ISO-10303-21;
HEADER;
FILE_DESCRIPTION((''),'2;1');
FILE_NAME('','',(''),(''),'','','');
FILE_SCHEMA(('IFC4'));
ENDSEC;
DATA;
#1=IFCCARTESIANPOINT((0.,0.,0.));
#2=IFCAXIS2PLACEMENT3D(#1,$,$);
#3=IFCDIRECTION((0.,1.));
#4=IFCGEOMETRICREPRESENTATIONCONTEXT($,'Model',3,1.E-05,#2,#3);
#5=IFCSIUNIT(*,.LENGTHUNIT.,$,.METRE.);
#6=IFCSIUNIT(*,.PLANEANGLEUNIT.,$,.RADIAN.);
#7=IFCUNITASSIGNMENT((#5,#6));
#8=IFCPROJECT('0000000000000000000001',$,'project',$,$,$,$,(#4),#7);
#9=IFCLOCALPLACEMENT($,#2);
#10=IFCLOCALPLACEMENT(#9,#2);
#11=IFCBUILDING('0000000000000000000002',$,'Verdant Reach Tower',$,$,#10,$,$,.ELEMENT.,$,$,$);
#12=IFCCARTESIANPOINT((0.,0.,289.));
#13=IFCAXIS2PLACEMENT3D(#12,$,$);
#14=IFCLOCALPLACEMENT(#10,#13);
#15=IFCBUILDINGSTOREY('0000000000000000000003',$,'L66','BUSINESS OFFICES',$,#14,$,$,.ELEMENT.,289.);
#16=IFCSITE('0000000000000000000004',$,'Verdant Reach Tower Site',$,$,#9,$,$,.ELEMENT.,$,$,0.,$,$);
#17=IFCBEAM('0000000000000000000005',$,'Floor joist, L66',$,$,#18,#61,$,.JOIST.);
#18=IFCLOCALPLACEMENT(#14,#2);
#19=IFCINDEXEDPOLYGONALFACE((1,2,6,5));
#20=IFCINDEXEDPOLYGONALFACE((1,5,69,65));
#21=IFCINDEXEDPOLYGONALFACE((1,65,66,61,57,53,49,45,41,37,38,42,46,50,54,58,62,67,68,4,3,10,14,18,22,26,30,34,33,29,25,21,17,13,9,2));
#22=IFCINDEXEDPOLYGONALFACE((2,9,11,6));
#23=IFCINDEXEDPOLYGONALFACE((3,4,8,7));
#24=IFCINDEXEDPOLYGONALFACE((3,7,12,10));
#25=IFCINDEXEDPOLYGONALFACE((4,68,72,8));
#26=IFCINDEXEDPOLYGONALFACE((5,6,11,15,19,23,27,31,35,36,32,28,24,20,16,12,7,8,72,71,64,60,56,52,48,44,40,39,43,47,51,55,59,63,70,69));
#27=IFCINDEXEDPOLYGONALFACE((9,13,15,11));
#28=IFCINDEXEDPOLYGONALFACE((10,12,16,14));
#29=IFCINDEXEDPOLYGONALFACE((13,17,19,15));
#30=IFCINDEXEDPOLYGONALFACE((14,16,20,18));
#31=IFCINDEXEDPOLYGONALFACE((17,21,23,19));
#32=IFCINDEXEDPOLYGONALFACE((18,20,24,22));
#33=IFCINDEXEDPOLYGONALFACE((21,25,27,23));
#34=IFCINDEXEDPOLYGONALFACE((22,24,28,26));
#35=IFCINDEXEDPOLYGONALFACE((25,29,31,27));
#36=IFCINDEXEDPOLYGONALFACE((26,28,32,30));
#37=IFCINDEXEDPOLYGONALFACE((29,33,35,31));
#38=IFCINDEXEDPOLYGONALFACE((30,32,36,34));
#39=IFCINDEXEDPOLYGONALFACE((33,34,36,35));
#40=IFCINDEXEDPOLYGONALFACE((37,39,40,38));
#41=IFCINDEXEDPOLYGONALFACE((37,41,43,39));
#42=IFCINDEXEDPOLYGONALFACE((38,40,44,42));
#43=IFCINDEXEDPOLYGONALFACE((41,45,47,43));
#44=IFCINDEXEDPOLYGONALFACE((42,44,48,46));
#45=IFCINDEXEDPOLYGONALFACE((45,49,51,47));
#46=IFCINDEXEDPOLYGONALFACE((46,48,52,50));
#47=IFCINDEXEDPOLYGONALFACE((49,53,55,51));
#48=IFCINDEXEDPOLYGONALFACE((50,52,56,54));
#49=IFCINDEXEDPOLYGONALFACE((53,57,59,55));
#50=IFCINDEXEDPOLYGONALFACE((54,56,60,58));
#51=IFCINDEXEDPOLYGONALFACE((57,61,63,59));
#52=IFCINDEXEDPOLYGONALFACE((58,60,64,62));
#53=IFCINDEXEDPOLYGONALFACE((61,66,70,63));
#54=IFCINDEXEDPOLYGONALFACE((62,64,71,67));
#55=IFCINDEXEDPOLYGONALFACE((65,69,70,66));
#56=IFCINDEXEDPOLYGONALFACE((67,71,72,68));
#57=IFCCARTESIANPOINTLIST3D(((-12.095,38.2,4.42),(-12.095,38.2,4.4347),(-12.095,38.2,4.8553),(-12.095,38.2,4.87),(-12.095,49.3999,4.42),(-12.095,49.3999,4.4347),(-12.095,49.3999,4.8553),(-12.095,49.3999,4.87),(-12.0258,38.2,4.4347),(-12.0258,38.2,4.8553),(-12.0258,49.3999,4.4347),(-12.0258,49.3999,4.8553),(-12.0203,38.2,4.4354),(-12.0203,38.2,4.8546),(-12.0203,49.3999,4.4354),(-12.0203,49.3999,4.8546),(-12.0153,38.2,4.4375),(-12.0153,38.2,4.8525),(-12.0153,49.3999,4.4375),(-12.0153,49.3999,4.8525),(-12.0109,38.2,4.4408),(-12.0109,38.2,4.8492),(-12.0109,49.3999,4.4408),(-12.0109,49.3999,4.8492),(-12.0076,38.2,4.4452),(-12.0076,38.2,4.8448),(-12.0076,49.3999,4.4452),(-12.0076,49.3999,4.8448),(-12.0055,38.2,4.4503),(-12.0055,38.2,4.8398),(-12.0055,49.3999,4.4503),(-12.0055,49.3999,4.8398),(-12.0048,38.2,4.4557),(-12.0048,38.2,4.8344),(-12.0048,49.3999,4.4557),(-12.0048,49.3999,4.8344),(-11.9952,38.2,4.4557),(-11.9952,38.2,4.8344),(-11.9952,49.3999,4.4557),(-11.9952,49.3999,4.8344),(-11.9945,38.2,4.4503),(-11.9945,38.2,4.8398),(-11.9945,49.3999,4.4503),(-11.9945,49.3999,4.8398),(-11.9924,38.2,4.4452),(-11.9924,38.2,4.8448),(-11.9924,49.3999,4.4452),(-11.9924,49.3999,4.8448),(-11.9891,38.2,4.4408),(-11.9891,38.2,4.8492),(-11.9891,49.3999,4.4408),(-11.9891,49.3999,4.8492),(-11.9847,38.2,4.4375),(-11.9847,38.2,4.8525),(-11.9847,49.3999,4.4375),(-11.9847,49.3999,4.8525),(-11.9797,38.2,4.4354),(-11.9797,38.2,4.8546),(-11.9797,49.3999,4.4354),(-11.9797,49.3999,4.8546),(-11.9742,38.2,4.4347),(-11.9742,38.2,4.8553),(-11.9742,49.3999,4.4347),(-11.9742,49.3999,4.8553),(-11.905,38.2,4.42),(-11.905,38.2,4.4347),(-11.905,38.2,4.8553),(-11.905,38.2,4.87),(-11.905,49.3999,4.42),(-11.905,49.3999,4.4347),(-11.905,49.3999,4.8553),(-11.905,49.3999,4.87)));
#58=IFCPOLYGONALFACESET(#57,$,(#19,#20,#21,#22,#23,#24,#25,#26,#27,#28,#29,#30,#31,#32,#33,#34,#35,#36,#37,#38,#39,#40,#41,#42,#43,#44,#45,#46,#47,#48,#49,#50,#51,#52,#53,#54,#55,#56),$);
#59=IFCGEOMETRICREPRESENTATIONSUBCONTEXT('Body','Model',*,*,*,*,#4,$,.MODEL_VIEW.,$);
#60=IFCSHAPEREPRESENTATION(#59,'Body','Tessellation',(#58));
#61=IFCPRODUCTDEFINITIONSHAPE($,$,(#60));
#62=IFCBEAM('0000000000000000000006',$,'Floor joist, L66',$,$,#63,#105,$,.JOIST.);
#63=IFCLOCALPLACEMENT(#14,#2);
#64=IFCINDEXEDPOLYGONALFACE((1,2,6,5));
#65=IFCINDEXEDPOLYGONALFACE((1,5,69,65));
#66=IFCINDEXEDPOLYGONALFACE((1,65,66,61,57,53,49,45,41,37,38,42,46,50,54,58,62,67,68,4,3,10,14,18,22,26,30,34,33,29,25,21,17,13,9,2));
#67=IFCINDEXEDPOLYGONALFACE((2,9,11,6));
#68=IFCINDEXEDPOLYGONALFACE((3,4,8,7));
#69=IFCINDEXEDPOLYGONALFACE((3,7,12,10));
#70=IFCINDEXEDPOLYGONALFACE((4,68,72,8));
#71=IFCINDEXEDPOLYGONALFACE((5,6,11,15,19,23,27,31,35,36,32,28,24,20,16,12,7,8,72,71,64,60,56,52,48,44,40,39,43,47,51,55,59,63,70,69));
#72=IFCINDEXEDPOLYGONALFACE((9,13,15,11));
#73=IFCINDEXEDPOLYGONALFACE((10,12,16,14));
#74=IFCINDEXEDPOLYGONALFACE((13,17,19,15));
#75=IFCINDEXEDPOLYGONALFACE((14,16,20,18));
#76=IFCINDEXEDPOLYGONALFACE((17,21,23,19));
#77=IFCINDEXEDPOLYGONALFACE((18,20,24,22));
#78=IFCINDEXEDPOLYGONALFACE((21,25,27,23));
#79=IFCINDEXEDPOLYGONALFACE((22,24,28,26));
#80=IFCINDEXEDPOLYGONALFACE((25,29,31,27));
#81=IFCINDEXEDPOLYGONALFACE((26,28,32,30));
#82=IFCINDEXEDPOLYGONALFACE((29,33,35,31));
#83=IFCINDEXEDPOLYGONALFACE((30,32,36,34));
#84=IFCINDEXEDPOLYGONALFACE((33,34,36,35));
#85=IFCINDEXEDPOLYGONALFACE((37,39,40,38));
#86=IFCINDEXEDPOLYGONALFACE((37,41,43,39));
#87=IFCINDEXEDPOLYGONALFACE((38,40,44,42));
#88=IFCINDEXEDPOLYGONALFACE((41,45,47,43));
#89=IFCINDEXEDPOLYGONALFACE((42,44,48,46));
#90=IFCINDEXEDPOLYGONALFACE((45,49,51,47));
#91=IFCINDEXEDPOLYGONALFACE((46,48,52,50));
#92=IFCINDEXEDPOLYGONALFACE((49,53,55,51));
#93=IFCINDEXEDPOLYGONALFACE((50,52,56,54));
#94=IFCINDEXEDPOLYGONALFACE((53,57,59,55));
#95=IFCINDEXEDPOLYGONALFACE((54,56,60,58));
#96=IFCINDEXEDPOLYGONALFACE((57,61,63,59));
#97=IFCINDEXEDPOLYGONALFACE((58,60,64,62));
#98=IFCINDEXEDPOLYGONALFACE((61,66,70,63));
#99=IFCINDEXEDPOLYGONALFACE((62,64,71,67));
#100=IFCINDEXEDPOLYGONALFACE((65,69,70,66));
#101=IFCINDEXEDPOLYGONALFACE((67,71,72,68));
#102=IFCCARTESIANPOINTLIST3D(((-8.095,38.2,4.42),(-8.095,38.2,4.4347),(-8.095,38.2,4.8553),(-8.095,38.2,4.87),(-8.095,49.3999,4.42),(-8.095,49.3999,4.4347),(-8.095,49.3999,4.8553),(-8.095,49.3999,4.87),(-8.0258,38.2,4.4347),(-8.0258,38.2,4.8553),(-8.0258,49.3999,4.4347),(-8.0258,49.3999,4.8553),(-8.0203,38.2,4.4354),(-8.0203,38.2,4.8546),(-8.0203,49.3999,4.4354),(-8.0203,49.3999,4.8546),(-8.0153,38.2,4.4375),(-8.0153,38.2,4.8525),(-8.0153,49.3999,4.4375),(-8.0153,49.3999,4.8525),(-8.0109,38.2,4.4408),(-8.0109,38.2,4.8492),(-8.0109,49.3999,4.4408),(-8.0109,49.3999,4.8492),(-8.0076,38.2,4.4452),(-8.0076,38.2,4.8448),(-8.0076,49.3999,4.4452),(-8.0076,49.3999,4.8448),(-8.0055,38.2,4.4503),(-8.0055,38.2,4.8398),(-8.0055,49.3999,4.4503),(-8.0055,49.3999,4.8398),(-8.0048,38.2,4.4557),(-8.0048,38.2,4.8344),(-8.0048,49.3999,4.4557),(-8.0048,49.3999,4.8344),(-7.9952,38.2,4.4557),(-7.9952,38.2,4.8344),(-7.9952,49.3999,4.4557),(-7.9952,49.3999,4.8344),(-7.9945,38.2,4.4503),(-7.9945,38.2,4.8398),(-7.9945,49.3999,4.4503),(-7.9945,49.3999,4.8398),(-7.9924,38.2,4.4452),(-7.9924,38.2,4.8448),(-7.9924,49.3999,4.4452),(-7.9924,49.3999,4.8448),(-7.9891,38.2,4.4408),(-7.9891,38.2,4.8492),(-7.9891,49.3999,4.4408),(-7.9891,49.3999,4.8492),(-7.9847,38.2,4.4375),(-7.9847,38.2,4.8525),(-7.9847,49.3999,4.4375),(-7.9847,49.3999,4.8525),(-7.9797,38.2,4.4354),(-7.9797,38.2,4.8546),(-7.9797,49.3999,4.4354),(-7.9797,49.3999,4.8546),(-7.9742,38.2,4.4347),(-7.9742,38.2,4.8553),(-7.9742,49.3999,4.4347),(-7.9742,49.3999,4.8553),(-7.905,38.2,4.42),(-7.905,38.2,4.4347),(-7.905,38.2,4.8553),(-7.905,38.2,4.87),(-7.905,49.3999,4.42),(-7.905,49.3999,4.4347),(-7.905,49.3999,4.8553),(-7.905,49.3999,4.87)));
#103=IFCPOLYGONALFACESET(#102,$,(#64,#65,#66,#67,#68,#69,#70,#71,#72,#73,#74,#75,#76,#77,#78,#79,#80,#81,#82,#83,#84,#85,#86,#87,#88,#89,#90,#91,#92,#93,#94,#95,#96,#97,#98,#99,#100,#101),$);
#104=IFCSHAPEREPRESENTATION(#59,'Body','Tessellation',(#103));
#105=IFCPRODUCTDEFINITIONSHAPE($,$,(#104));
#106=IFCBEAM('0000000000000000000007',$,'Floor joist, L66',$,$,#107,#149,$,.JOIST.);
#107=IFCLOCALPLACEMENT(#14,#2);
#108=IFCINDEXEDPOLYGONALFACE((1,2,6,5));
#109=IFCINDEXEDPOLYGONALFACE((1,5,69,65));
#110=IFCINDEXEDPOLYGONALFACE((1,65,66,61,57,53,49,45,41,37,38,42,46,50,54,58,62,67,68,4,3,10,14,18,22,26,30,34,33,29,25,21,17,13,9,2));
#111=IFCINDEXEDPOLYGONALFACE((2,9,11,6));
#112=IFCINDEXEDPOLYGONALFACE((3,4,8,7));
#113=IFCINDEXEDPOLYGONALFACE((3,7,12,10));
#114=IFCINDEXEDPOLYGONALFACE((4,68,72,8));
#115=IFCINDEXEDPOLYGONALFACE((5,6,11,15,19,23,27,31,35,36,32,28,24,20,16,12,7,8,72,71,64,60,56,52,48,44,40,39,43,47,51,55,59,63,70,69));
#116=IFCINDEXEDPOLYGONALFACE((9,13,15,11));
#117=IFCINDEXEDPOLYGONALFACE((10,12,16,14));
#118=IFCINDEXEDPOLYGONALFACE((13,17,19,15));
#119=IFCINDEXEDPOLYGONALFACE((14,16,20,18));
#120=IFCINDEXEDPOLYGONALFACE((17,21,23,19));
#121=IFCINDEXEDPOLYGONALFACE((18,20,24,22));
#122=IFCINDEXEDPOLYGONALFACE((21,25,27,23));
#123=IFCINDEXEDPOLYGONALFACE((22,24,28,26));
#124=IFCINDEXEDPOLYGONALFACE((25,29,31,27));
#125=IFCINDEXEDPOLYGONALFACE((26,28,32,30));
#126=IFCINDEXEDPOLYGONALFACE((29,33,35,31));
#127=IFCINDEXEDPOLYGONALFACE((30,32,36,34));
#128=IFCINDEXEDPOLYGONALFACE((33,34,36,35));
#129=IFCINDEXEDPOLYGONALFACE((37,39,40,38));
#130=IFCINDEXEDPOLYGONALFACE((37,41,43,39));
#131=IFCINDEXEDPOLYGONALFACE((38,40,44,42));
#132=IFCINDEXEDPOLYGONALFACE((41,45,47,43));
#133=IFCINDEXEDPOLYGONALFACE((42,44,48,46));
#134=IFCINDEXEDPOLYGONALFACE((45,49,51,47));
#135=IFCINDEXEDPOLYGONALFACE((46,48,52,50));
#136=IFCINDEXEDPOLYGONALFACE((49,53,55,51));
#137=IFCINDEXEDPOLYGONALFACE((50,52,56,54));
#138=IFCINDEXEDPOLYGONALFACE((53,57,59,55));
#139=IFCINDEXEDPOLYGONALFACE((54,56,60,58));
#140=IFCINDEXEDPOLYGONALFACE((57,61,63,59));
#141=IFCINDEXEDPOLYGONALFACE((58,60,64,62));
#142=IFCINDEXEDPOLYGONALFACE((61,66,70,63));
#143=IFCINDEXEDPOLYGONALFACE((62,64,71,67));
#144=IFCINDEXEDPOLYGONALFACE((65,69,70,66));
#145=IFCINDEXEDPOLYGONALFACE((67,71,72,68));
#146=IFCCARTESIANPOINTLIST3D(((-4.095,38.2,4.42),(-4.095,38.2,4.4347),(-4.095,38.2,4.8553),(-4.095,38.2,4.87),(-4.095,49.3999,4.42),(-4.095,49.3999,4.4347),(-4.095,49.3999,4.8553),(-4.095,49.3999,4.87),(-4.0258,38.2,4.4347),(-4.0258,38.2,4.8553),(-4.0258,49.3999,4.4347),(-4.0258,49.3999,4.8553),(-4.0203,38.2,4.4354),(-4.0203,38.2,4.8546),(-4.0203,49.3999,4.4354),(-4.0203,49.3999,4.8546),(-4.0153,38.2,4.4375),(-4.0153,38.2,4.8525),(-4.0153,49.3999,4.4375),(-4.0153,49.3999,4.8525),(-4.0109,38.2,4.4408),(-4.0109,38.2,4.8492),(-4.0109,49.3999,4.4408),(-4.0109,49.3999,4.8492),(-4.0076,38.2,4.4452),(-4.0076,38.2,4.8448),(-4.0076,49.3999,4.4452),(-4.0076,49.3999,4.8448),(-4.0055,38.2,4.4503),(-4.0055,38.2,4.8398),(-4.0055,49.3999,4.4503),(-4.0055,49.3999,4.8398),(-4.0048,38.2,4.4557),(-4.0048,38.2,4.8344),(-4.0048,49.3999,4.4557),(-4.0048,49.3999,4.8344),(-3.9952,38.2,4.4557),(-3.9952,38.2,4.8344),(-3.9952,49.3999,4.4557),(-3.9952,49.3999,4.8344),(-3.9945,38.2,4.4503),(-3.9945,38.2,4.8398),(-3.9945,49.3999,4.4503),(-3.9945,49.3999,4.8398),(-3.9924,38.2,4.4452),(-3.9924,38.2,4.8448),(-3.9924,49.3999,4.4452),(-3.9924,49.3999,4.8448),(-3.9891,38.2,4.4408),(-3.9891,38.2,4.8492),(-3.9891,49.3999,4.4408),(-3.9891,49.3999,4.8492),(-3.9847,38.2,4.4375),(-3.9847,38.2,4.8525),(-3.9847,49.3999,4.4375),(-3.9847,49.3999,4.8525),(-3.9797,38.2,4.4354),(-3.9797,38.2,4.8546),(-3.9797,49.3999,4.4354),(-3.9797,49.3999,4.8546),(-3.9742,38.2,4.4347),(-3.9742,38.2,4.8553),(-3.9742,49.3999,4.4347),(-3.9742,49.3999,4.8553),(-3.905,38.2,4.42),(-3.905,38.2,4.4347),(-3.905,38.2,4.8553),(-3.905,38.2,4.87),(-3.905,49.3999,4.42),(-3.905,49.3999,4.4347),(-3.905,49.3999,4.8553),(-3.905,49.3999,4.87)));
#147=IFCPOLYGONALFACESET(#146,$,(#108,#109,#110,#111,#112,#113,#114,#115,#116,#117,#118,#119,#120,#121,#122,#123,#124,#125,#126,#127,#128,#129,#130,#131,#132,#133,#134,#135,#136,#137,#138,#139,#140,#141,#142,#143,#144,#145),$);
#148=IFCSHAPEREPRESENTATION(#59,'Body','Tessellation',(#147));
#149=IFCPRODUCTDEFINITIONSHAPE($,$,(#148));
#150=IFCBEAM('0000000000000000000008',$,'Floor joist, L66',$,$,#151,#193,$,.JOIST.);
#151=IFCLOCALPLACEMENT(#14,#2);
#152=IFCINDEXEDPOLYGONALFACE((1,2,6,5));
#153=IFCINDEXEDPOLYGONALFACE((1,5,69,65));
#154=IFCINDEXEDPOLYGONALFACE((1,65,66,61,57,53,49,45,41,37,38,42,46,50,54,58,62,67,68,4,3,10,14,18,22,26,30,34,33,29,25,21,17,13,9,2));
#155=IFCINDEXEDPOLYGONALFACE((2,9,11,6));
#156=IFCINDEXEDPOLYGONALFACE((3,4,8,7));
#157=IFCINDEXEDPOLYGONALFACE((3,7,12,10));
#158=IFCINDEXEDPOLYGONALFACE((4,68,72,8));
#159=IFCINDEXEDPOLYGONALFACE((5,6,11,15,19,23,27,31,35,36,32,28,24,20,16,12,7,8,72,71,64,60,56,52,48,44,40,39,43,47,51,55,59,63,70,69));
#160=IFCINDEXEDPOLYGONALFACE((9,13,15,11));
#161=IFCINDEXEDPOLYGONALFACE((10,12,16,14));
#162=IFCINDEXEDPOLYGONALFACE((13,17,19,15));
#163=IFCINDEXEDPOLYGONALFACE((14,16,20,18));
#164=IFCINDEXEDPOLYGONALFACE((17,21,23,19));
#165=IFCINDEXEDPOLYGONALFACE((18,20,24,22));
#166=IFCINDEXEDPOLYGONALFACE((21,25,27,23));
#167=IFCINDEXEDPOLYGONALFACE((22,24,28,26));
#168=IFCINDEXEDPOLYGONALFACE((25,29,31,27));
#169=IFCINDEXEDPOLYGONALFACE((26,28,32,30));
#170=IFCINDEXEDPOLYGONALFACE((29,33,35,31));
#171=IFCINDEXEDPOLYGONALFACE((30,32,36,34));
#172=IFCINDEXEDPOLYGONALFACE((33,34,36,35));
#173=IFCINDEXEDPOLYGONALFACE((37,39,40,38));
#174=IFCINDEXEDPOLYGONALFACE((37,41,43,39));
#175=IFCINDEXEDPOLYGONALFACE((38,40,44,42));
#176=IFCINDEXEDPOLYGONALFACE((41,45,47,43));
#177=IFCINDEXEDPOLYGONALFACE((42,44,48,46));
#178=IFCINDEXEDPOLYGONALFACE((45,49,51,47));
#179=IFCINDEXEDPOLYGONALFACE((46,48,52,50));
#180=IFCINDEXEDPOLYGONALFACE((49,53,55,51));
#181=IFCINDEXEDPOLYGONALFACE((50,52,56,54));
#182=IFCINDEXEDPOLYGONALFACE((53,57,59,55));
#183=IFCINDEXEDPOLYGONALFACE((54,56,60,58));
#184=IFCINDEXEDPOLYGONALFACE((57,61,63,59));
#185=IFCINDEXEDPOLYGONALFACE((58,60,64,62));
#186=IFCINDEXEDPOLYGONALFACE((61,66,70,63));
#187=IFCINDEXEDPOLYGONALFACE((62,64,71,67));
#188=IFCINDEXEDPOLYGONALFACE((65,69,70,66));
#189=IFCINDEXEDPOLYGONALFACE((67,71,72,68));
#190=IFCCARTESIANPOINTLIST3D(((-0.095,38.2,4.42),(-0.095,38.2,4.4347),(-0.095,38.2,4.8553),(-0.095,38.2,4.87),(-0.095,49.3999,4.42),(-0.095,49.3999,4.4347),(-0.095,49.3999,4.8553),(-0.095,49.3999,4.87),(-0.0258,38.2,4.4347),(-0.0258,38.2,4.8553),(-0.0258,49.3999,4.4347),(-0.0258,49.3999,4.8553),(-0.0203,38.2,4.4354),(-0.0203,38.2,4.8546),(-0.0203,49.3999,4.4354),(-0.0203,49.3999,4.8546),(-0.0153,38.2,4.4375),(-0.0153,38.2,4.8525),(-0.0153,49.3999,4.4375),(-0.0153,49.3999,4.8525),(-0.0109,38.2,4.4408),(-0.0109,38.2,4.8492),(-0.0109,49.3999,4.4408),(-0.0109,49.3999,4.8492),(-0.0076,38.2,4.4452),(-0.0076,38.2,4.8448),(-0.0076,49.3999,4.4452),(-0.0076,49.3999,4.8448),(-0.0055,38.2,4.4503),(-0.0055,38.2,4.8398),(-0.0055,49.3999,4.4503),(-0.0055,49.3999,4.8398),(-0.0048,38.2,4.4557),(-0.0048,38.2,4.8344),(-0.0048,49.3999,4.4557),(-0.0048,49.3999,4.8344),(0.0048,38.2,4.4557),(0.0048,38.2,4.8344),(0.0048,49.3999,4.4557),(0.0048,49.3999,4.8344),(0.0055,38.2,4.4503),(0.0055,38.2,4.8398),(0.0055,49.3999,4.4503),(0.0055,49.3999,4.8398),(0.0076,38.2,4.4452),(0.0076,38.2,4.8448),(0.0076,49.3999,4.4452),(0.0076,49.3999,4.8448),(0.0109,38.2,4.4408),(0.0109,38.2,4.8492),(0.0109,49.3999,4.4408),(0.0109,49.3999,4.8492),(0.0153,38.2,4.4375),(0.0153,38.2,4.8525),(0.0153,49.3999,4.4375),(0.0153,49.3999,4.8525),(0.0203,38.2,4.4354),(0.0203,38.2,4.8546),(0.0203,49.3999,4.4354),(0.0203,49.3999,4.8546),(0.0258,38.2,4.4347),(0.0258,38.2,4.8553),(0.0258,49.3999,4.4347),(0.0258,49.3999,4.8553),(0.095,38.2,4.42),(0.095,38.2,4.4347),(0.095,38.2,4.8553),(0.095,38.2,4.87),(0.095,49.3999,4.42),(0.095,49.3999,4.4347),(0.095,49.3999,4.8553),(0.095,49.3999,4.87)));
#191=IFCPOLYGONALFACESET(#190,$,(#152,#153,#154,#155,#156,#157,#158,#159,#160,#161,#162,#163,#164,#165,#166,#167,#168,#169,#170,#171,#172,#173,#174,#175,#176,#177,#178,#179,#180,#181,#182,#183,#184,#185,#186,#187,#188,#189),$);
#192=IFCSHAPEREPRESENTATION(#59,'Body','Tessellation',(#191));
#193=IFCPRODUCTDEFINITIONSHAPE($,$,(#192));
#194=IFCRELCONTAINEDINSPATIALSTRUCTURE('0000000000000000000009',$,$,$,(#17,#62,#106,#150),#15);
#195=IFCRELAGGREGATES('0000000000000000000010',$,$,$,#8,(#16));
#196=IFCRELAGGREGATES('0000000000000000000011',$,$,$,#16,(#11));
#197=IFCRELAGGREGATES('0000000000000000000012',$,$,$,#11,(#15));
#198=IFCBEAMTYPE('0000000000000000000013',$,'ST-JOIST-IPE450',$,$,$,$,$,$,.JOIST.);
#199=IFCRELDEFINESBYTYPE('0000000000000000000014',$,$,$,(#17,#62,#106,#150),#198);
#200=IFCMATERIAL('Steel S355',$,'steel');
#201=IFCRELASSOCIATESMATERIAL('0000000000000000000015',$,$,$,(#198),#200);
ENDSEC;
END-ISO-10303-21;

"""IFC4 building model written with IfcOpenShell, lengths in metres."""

from ifc_helpers import new_model, si_unit, direction, frame, origin, origin_2d, place, context, subcontext, project, spatial, i_section, extrude, material, material_profile, profile_set, type_object, element, save


model = new_model("IFC4")

# Units and contexts
model_context = context("Model", 3, precision=1e-05, world=origin(), true_north=direction((0.0, 1.0)))
body_context = subcontext(model_context, "Body", "Model", "MODEL_VIEW")
ifc_project = project(units=[si_unit("LENGTHUNIT", "METRE"), si_unit("PLANEANGLEUNIT", "RADIAN")], contexts=[model_context])

# Site, building, storey
site_placement = place(None, origin())
site = spatial("IfcSite", under=ifc_project, at=site_placement, Name="Verdant Reach Tower Site", CompositionType="ELEMENT", RefElevation=0.0)
building_placement = place(site_placement, origin())
building = spatial("IfcBuilding", under=site, at=building_placement, Name="Verdant Reach Tower", CompositionType="ELEMENT")
storey_placement = place(building_placement, frame((0.0, 0.0, 289.0)))
storey = spatial("IfcBuildingStorey", under=building, at=storey_placement, Name="L66", Description="BUSINESS OFFICES", CompositionType="ELEMENT", Elevation=289.0)

# Beams
ifc_material_1 = material(Name="Steel S355", Category="steel")
ifc_material_profile_1 = material_profile(ifc_material_1, i_section(OverallWidth=0.1899, OverallDepth=0.45, WebThickness=0.0095, FlangeThickness=0.0146, FilletRadius=0.021, at=origin_2d()), Name="IPE 450")
ifc_profile_set_1 = profile_set([ifc_material_profile_1], Name="Steel S355")
beam_type_1 = type_object("IfcBeamType", Name="ST-JOIST-IPE450", PredefinedType="JOIST", material=ifc_profile_set_1)
for number, where, z_axis, x_axis, name in (
    (1, (-12.0, 38.2, 4.645), (0.0, 1.0, 0.0), (-1.0, 0.0, 0.0), "Floor joist, L66"),
    (2, (-8.0, 38.2, 4.645), (0.0, 1.0, 0.0), (-1.0, 0.0, 0.0), "Floor joist, L66"),
    (3, (-4.0, 38.2, 4.645), (0.0, 1.0, 0.0), (-1.0, 0.0, 0.0), "Floor joist, L66"),
    (4, (0.0, 38.2, 4.645), (0.0, 1.0, 0.0), (-1.0, 0.0, 0.0), "Floor joist, L66"),
):
    element("IfcBeam", number, at=place(storey_placement, frame(where, z_axis=z_axis, x_axis=x_axis)), inside=storey, type_object=beam_type_1, Name=name, PredefinedType="JOIST", context=body_context, shape_type="SweptSolid", body=[
        extrude(i_section(OverallWidth=0.1899, OverallDepth=0.45, WebThickness=0.0095, FlangeThickness=0.0146, FilletRadius=0.021, at=origin_2d()), origin(), (0.0, 0.0, 1.0), 11.2),
    ])

save(model, "model.ifc")
